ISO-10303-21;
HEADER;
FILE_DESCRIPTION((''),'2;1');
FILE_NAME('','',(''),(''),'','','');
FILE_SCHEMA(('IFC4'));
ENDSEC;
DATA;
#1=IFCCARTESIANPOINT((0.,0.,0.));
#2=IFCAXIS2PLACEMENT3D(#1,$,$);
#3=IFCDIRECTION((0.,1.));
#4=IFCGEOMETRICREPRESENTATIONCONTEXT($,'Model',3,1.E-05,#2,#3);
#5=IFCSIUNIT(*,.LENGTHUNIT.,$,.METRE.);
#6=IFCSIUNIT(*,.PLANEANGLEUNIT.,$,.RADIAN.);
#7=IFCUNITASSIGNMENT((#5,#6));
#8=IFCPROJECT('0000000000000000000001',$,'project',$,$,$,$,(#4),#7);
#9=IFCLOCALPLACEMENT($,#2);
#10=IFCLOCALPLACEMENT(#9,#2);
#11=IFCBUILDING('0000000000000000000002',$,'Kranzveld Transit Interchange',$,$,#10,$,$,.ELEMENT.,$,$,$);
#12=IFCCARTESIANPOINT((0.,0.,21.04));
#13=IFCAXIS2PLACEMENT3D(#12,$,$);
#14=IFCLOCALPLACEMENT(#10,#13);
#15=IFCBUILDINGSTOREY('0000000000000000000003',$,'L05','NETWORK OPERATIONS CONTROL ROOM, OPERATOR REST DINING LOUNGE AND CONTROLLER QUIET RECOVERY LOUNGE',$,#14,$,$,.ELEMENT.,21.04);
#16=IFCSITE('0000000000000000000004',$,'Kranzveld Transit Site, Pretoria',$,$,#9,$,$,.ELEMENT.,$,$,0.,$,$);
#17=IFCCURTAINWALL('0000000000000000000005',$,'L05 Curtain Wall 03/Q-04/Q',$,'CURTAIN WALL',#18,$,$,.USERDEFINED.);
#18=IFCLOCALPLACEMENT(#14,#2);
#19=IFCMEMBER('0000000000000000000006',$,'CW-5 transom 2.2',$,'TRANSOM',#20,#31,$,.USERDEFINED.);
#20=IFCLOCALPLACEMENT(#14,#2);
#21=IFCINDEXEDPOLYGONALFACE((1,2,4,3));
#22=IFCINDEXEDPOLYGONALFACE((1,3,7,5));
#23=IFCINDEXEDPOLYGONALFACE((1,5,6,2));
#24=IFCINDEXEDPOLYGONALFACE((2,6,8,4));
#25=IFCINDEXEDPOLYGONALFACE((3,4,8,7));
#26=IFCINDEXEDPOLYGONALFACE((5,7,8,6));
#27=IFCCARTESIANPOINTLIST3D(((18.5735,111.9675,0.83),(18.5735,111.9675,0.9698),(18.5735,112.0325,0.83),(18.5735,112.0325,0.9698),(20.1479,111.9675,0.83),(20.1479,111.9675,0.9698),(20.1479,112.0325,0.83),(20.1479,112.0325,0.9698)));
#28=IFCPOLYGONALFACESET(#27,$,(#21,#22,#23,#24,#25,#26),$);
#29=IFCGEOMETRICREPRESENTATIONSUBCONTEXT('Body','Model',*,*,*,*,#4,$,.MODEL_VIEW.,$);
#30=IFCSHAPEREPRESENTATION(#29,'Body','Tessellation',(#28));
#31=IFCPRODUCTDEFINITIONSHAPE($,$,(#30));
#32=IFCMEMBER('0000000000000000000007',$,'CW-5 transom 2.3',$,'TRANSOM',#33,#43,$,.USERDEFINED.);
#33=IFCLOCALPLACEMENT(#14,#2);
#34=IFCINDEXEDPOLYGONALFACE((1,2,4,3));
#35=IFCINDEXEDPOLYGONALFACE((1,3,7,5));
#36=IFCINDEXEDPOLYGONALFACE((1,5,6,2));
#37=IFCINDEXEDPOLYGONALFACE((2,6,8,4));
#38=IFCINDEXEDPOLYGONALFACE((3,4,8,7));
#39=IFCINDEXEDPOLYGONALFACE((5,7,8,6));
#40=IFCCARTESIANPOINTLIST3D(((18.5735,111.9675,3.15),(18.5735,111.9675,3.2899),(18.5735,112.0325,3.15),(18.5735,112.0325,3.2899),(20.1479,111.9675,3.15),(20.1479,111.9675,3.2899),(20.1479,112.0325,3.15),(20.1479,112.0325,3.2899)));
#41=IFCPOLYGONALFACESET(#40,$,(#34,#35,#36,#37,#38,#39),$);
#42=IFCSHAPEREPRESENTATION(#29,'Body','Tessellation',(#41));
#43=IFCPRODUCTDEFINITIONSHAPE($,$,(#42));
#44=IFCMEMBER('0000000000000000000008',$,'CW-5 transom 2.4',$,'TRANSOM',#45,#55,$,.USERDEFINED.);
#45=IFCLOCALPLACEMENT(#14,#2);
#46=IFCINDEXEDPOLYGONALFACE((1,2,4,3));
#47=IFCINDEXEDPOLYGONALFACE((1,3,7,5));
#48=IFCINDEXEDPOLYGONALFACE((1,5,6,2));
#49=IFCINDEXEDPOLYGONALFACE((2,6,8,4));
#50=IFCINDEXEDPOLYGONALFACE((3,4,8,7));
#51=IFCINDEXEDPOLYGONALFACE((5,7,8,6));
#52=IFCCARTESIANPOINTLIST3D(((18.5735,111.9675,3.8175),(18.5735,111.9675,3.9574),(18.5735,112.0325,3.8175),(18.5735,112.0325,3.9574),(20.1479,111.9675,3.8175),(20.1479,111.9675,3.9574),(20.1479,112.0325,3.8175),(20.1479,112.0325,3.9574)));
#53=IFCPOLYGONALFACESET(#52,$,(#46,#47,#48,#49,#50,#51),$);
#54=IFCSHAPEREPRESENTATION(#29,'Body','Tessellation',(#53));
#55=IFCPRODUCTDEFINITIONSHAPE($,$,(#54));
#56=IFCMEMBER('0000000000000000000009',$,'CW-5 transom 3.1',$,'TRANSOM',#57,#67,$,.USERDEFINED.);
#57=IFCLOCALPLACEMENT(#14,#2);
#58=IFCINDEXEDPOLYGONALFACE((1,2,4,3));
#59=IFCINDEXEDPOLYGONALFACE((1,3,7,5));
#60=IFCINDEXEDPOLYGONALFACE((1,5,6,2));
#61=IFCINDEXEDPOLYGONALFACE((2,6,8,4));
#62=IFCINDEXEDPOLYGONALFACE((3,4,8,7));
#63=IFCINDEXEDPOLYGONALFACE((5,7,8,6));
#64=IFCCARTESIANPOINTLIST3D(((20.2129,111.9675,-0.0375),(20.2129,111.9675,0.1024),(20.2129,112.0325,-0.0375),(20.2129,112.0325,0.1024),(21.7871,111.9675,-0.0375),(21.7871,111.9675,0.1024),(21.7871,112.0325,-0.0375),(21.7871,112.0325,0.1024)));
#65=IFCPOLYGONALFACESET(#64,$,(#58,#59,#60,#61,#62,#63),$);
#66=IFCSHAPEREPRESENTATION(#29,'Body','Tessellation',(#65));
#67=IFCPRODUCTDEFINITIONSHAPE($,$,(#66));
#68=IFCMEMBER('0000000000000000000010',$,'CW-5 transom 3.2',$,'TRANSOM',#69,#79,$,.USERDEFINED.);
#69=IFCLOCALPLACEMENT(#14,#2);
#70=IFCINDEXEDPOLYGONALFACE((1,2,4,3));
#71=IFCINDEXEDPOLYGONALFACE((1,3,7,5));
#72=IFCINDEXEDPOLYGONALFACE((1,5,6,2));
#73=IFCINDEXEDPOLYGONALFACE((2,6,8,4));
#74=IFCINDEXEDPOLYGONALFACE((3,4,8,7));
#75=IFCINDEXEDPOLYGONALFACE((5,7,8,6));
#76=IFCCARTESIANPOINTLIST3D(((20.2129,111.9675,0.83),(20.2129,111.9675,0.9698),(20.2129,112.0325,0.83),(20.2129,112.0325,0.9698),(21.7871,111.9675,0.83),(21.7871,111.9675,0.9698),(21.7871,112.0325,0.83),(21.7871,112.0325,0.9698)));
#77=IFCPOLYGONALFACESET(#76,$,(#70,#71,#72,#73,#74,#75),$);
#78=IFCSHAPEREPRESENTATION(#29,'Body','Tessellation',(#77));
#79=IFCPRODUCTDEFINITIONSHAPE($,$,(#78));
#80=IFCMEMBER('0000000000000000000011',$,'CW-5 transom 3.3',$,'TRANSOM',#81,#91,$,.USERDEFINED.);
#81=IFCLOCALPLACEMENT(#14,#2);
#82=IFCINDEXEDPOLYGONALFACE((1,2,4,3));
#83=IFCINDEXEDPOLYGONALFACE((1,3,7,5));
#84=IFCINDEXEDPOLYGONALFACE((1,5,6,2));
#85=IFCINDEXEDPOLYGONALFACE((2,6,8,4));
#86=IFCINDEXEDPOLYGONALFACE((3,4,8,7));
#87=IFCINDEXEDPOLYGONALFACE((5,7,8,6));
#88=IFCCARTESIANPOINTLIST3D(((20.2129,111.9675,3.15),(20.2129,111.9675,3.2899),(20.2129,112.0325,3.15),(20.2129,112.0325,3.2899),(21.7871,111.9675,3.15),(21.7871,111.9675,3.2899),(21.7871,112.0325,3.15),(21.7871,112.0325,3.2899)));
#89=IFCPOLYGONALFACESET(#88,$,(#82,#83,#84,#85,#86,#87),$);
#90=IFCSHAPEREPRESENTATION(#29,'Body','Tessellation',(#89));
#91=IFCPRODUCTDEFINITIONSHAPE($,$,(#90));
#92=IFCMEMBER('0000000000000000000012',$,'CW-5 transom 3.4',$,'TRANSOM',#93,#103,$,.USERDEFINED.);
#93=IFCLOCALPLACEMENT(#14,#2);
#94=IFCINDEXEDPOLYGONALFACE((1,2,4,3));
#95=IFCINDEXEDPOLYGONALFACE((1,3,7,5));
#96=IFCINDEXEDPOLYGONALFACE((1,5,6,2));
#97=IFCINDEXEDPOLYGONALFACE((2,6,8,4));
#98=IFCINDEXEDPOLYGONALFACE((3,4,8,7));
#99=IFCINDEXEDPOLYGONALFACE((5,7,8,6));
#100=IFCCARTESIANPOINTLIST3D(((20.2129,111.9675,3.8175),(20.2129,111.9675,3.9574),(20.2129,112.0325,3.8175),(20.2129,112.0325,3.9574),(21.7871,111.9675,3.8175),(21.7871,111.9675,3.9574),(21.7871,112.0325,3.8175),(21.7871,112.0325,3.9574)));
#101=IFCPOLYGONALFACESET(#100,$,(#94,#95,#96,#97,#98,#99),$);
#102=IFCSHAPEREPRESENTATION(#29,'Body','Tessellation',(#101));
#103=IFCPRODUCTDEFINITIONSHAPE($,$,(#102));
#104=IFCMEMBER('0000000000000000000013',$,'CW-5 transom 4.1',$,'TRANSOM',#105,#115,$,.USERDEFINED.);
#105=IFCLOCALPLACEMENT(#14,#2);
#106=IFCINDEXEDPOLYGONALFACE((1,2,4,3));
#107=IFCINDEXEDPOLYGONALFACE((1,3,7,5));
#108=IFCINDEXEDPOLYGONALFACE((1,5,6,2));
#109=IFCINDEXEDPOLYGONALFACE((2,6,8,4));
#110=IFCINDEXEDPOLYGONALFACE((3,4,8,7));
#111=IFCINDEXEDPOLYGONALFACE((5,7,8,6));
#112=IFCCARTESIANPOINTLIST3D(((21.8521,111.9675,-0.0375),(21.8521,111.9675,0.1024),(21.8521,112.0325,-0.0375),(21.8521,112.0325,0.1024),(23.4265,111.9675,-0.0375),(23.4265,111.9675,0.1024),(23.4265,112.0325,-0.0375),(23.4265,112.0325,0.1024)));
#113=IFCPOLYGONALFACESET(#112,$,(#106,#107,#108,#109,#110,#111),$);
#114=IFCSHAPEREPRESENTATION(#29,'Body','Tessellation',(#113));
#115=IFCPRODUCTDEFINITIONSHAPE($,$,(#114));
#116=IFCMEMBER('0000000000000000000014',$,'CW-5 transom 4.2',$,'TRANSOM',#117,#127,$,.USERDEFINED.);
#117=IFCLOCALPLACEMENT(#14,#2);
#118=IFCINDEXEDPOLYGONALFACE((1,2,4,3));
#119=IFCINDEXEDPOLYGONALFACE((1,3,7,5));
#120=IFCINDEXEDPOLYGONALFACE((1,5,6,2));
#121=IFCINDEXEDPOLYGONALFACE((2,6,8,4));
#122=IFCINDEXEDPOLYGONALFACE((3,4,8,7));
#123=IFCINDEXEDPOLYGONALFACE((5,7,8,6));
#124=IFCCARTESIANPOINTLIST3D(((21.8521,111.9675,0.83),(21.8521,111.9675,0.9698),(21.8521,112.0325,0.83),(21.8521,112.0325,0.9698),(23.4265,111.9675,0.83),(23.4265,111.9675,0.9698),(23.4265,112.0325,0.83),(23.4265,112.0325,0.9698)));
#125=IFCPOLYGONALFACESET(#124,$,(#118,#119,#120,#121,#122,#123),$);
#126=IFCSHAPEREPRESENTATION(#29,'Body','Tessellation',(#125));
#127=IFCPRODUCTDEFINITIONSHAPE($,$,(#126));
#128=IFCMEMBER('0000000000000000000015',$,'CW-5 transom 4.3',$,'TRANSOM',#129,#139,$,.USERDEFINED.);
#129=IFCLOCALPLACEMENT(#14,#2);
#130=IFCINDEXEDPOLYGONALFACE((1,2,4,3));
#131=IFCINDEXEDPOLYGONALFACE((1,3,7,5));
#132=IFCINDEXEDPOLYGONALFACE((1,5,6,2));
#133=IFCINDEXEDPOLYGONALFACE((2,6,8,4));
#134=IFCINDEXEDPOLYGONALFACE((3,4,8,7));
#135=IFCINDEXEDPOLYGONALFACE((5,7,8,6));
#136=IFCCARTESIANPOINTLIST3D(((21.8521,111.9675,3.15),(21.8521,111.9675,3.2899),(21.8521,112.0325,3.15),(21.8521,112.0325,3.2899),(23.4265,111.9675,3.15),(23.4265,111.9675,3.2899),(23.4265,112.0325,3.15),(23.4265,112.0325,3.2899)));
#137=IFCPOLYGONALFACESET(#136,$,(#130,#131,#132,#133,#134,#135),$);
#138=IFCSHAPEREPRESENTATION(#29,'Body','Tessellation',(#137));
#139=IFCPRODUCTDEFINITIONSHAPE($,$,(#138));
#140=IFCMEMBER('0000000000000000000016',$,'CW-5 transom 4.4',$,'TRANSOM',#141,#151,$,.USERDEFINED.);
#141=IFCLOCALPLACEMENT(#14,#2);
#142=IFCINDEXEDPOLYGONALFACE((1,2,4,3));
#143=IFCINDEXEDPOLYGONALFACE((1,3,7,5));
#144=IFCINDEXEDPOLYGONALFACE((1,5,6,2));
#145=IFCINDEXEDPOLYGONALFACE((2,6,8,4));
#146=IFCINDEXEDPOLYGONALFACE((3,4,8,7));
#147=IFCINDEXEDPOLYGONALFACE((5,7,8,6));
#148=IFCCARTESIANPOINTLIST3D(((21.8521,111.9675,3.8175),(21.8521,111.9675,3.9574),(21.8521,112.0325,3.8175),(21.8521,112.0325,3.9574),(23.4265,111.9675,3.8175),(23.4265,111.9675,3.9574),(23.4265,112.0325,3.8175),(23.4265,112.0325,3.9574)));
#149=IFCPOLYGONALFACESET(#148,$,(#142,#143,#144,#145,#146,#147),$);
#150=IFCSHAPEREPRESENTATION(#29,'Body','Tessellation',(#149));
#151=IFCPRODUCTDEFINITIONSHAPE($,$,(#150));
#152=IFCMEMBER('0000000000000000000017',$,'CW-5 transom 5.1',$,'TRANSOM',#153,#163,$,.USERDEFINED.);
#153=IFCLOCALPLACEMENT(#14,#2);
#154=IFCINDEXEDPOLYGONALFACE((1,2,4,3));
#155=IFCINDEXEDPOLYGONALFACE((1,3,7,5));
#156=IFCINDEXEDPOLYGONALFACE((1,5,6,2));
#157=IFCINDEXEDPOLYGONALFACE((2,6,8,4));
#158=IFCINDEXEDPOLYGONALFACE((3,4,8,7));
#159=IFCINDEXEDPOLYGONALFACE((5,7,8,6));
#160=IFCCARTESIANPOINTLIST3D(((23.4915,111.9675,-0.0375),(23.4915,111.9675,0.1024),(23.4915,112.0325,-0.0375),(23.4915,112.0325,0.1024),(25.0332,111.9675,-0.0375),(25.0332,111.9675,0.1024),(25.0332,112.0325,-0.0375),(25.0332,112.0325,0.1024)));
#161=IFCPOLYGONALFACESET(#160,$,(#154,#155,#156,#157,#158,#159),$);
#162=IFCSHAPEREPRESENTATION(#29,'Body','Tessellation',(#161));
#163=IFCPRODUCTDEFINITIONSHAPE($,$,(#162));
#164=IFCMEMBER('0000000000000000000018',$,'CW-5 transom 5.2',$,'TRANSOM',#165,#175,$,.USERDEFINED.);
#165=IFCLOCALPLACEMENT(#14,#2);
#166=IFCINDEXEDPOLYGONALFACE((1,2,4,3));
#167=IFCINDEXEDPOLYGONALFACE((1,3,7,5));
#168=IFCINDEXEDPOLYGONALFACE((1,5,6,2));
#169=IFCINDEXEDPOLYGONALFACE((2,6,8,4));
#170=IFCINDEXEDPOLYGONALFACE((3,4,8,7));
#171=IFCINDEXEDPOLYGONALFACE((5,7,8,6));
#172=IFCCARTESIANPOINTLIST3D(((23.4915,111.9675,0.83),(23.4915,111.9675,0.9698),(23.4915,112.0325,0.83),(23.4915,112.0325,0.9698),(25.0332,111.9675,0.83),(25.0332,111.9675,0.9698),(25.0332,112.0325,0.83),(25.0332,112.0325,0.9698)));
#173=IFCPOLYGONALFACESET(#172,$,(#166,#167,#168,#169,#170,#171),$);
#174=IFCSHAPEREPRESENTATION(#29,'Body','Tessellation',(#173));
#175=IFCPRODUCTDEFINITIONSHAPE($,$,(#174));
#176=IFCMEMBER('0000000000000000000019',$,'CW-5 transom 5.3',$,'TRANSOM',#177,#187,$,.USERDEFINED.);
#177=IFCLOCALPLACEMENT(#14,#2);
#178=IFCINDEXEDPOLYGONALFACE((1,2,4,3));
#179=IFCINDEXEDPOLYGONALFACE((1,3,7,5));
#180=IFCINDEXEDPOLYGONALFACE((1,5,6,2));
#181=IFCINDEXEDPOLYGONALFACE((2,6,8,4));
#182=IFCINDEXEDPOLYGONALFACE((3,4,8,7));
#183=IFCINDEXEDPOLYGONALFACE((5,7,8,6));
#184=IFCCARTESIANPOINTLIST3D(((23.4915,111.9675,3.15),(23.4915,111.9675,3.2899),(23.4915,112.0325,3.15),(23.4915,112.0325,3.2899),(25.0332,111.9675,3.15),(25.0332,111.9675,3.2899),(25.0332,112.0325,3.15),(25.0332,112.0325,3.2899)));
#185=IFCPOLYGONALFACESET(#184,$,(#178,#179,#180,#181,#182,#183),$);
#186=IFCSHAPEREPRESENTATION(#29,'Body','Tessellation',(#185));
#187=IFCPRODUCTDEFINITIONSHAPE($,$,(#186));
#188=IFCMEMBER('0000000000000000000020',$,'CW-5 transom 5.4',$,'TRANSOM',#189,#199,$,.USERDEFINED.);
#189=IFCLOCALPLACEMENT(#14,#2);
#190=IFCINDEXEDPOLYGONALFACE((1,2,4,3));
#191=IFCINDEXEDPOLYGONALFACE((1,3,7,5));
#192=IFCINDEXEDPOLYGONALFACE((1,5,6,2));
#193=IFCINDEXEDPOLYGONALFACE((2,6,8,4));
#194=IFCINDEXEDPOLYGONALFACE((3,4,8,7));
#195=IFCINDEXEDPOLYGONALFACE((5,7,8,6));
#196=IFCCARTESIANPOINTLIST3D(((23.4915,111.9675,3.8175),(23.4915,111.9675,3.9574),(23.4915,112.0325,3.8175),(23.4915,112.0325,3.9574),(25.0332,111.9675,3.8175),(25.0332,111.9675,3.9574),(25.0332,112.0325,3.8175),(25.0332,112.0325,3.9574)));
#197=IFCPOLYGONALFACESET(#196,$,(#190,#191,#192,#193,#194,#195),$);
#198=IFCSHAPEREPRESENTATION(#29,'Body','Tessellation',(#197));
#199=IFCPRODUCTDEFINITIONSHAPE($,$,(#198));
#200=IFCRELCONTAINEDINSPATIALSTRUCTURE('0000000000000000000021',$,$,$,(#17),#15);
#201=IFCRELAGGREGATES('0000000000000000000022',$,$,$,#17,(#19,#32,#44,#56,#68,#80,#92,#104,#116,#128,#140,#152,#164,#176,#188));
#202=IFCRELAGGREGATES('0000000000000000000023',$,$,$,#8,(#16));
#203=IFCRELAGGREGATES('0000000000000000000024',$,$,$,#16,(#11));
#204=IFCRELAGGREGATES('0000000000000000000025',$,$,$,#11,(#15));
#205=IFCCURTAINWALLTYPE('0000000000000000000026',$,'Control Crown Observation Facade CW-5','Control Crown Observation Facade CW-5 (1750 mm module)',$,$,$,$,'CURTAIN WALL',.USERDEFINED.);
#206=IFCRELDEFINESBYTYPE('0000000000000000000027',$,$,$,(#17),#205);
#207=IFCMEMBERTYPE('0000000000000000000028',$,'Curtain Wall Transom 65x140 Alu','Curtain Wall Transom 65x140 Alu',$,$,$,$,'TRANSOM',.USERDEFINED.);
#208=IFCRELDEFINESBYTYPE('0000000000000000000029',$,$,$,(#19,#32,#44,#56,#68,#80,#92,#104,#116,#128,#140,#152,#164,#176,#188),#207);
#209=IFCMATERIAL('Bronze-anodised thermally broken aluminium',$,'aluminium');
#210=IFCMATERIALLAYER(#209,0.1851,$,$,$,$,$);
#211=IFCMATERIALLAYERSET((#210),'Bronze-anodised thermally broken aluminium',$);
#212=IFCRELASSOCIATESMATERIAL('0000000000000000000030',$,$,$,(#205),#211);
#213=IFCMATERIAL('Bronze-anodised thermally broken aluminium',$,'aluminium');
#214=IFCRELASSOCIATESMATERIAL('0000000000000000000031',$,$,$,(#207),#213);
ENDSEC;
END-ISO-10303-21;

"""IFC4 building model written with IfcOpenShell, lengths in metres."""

from ifc_helpers import new_model, si_unit, direction, frame, origin, origin_2d, place, context, subcontext, project, spatial, rectangle, extrude, material, layer, layer_set, material_profile, profile_set, type_object, element, aggregate, save


model = new_model("IFC4")

# Units and contexts
model_context = context("Model", 3, precision=1e-05, world=origin(), true_north=direction((0.0, 1.0)))
body_context = subcontext(model_context, "Body", "Model", "MODEL_VIEW")
ifc_project = project(units=[si_unit("LENGTHUNIT", "METRE"), si_unit("PLANEANGLEUNIT", "RADIAN")], contexts=[model_context])

# Site, building, storey
site_placement = place(None, origin())
site = spatial("IfcSite", under=ifc_project, at=site_placement, Name="Kranzveld Transit Site, Pretoria", CompositionType="ELEMENT", RefElevation=0.0)
building_placement = place(site_placement, origin())
building = spatial("IfcBuilding", under=site, at=building_placement, Name="Kranzveld Transit Interchange", CompositionType="ELEMENT")
storey_placement = place(building_placement, frame((0.0, 0.0, 21.04)))
storey = spatial("IfcBuildingStorey", under=building, at=storey_placement, Name="L05", Description="NETWORK OPERATIONS CONTROL ROOM, OPERATOR REST DINING LOUNGE AND CONTROLLER QUIET RECOVERY LOUNGE", CompositionType="ELEMENT", Elevation=21.04)

# Curtain wall, members
ifc_material_1 = material(Name="Bronze-anodised thermally broken aluminium", Category="aluminium")
ifc_layer_1 = layer(ifc_material_1, 0.1851)
ifc_layer_set_1 = layer_set([ifc_layer_1], Name="Bronze-anodised thermally broken aluminium")
curtain_wall_type = type_object("IfcCurtainWallType", Name="Control Crown Observation Facade CW-5", Description="Control Crown Observation Facade CW-5 (1750 mm module)", ElementType="CURTAIN WALL", PredefinedType="USERDEFINED", material=ifc_layer_set_1)
curtain_wall_placement = place(storey_placement, origin())
curtain_wall = element("IfcCurtainWall", 1, at=curtain_wall_placement, inside=storey, type_object=curtain_wall_type, Name="L05 Curtain Wall 03/Q-04/Q", ObjectType="CURTAIN WALL", PredefinedType="USERDEFINED")
ifc_material_2 = material(Name="Bronze-anodised thermally broken aluminium", Category="aluminium")
ifc_material_profile_1 = material_profile(ifc_material_2, rectangle(XDim=0.0649, YDim=0.1399, at=origin_2d()), Name="ALU TRANSOM 65x140")
ifc_profile_set_1 = profile_set([ifc_material_profile_1], Name="Bronze-anodised thermally broken aluminium")
member_type_1 = type_object("IfcMemberType", Name="Curtain Wall Transom 65x140 Alu", Description="Curtain Wall Transom 65x140 Alu", ElementType="TRANSOM", PredefinedType="USERDEFINED", material=ifc_profile_set_1)
member_1_placement = place(storey_placement, frame((18.5735, 112.0, 0.8999), z_axis=(1.0, 0.0, 0.0), x_axis=(0.0, 1.0, 0.0)))
member_1 = element("IfcMember", 2, at=member_1_placement, type_object=member_type_1, Name="CW-5 transom 2.2", ObjectType="TRANSOM", PredefinedType="USERDEFINED", context=body_context, shape_type="SweptSolid", body=[
    extrude(rectangle(XDim=0.0649, YDim=0.1399, at=origin_2d()), origin(), (0.0, 0.0, 1.0), 1.5745),
])
member_2_placement = place(storey_placement, frame((18.5735, 112.0, 3.22), z_axis=(1.0, 0.0, 0.0), x_axis=(0.0, 1.0, 0.0)))
member_2 = element("IfcMember", 3, at=member_2_placement, type_object=member_type_1, Name="CW-5 transom 2.3", ObjectType="TRANSOM", PredefinedType="USERDEFINED", context=body_context, shape_type="SweptSolid", body=[
    extrude(rectangle(XDim=0.0649, YDim=0.1399, at=origin_2d()), origin(), (0.0, 0.0, 1.0), 1.5745),
])
member_3_placement = place(storey_placement, frame((18.5735, 112.0, 3.8875), z_axis=(1.0, 0.0, 0.0), x_axis=(0.0, 1.0, 0.0)))
member_3 = element("IfcMember", 4, at=member_3_placement, type_object=member_type_1, Name="CW-5 transom 2.4", ObjectType="TRANSOM", PredefinedType="USERDEFINED", context=body_context, shape_type="SweptSolid", body=[
    extrude(rectangle(XDim=0.0649, YDim=0.1399, at=origin_2d()), origin(), (0.0, 0.0, 1.0), 1.5745),
])
member_4_placement = place(storey_placement, frame((20.2129, 112.0, 0.0325), z_axis=(1.0, 0.0, 0.0), x_axis=(0.0, 1.0, 0.0)))
member_4 = element("IfcMember", 5, at=member_4_placement, type_object=member_type_1, Name="CW-5 transom 3.1", ObjectType="TRANSOM", PredefinedType="USERDEFINED", context=body_context, shape_type="SweptSolid", body=[
    extrude(rectangle(XDim=0.0649, YDim=0.1399, at=origin_2d()), origin(), (0.0, 0.0, 1.0), 1.5742),
])
member_5_placement = place(storey_placement, frame((20.2129, 112.0, 0.8999), z_axis=(1.0, 0.0, 0.0), x_axis=(0.0, 1.0, 0.0)))
member_5 = element("IfcMember", 6, at=member_5_placement, type_object=member_type_1, Name="CW-5 transom 3.2", ObjectType="TRANSOM", PredefinedType="USERDEFINED", context=body_context, shape_type="SweptSolid", body=[
    extrude(rectangle(XDim=0.0649, YDim=0.1399, at=origin_2d()), origin(), (0.0, 0.0, 1.0), 1.5742),
])
member_6_placement = place(storey_placement, frame((20.2129, 112.0, 3.22), z_axis=(1.0, 0.0, 0.0), x_axis=(0.0, 1.0, 0.0)))
member_6 = element("IfcMember", 7, at=member_6_placement, type_object=member_type_1, Name="CW-5 transom 3.3", ObjectType="TRANSOM", PredefinedType="USERDEFINED", context=body_context, shape_type="SweptSolid", body=[
    extrude(rectangle(XDim=0.0649, YDim=0.1399, at=origin_2d()), origin(), (0.0, 0.0, 1.0), 1.5742),
])
member_7_placement = place(storey_placement, frame((20.2129, 112.0, 3.8875), z_axis=(1.0, 0.0, 0.0), x_axis=(0.0, 1.0, 0.0)))
member_7 = element("IfcMember", 8, at=member_7_placement, type_object=member_type_1, Name="CW-5 transom 3.4", ObjectType="TRANSOM", PredefinedType="USERDEFINED", context=body_context, shape_type="SweptSolid", body=[
    extrude(rectangle(XDim=0.0649, YDim=0.1399, at=origin_2d()), origin(), (0.0, 0.0, 1.0), 1.5742),
])
member_8_placement = place(storey_placement, frame((21.8521, 112.0, 0.0325), z_axis=(1.0, 0.0, 0.0), x_axis=(0.0, 1.0, 0.0)))
member_8 = element("IfcMember", 9, at=member_8_placement, type_object=member_type_1, Name="CW-5 transom 4.1", ObjectType="TRANSOM", PredefinedType="USERDEFINED", context=body_context, shape_type="SweptSolid", body=[
    extrude(rectangle(XDim=0.0649, YDim=0.1399, at=origin_2d()), origin(), (0.0, 0.0, 1.0), 1.5745),
])
member_9_placement = place(storey_placement, frame((21.8521, 112.0, 0.8999), z_axis=(1.0, 0.0, 0.0), x_axis=(0.0, 1.0, 0.0)))
member_9 = element("IfcMember", 10, at=member_9_placement, type_object=member_type_1, Name="CW-5 transom 4.2", ObjectType="TRANSOM", PredefinedType="USERDEFINED", context=body_context, shape_type="SweptSolid", body=[
    extrude(rectangle(XDim=0.0649, YDim=0.1399, at=origin_2d()), origin(), (0.0, 0.0, 1.0), 1.5745),
])
member_10_placement = place(storey_placement, frame((21.8521, 112.0, 3.22), z_axis=(1.0, 0.0, 0.0), x_axis=(0.0, 1.0, 0.0)))
member_10 = element("IfcMember", 11, at=member_10_placement, type_object=member_type_1, Name="CW-5 transom 4.3", ObjectType="TRANSOM", PredefinedType="USERDEFINED", context=body_context, shape_type="SweptSolid", body=[
    extrude(rectangle(XDim=0.0649, YDim=0.1399, at=origin_2d()), origin(), (0.0, 0.0, 1.0), 1.5745),
])
member_11_placement = place(storey_placement, frame((21.8521, 112.0, 3.8875), z_axis=(1.0, 0.0, 0.0), x_axis=(0.0, 1.0, 0.0)))
member_11 = element("IfcMember", 12, at=member_11_placement, type_object=member_type_1, Name="CW-5 transom 4.4", ObjectType="TRANSOM", PredefinedType="USERDEFINED", context=body_context, shape_type="SweptSolid", body=[
    extrude(rectangle(XDim=0.0649, YDim=0.1399, at=origin_2d()), origin(), (0.0, 0.0, 1.0), 1.5745),
])
member_12_placement = place(storey_placement, frame((23.4915, 112.0, 0.0325), z_axis=(1.0, 0.0, 0.0), x_axis=(0.0, 1.0, 0.0)))
member_12 = element("IfcMember", 13, at=member_12_placement, type_object=member_type_1, Name="CW-5 transom 5.1", ObjectType="TRANSOM", PredefinedType="USERDEFINED", context=body_context, shape_type="SweptSolid", body=[
    extrude(rectangle(XDim=0.0649, YDim=0.1399, at=origin_2d()), origin(), (0.0, 0.0, 1.0), 1.5417),
])
member_13_placement = place(storey_placement, frame((23.4915, 112.0, 0.8999), z_axis=(1.0, 0.0, 0.0), x_axis=(0.0, 1.0, 0.0)))
member_13 = element("IfcMember", 14, at=member_13_placement, type_object=member_type_1, Name="CW-5 transom 5.2", ObjectType="TRANSOM", PredefinedType="USERDEFINED", context=body_context, shape_type="SweptSolid", body=[
    extrude(rectangle(XDim=0.0649, YDim=0.1399, at=origin_2d()), origin(), (0.0, 0.0, 1.0), 1.5417),
])
member_14_placement = place(storey_placement, frame((23.4915, 112.0, 3.22), z_axis=(1.0, 0.0, 0.0), x_axis=(0.0, 1.0, 0.0)))
member_14 = element("IfcMember", 15, at=member_14_placement, type_object=member_type_1, Name="CW-5 transom 5.3", ObjectType="TRANSOM", PredefinedType="USERDEFINED", context=body_context, shape_type="SweptSolid", body=[
    extrude(rectangle(XDim=0.0649, YDim=0.1399, at=origin_2d()), origin(), (0.0, 0.0, 1.0), 1.5417),
])
member_15_placement = place(storey_placement, frame((23.4915, 112.0, 3.8875), z_axis=(1.0, 0.0, 0.0), x_axis=(0.0, 1.0, 0.0)))
member_15 = element("IfcMember", 16, at=member_15_placement, type_object=member_type_1, Name="CW-5 transom 5.4", ObjectType="TRANSOM", PredefinedType="USERDEFINED", context=body_context, shape_type="SweptSolid", body=[
    extrude(rectangle(XDim=0.0649, YDim=0.1399, at=origin_2d()), origin(), (0.0, 0.0, 1.0), 1.5417),
])
aggregate(curtain_wall, [member_1, member_2, member_3, member_4, member_5, member_6, member_7, member_8, member_9, member_10, member_11, member_12, member_13, member_14, member_15])

save(model, "model.ifc")
